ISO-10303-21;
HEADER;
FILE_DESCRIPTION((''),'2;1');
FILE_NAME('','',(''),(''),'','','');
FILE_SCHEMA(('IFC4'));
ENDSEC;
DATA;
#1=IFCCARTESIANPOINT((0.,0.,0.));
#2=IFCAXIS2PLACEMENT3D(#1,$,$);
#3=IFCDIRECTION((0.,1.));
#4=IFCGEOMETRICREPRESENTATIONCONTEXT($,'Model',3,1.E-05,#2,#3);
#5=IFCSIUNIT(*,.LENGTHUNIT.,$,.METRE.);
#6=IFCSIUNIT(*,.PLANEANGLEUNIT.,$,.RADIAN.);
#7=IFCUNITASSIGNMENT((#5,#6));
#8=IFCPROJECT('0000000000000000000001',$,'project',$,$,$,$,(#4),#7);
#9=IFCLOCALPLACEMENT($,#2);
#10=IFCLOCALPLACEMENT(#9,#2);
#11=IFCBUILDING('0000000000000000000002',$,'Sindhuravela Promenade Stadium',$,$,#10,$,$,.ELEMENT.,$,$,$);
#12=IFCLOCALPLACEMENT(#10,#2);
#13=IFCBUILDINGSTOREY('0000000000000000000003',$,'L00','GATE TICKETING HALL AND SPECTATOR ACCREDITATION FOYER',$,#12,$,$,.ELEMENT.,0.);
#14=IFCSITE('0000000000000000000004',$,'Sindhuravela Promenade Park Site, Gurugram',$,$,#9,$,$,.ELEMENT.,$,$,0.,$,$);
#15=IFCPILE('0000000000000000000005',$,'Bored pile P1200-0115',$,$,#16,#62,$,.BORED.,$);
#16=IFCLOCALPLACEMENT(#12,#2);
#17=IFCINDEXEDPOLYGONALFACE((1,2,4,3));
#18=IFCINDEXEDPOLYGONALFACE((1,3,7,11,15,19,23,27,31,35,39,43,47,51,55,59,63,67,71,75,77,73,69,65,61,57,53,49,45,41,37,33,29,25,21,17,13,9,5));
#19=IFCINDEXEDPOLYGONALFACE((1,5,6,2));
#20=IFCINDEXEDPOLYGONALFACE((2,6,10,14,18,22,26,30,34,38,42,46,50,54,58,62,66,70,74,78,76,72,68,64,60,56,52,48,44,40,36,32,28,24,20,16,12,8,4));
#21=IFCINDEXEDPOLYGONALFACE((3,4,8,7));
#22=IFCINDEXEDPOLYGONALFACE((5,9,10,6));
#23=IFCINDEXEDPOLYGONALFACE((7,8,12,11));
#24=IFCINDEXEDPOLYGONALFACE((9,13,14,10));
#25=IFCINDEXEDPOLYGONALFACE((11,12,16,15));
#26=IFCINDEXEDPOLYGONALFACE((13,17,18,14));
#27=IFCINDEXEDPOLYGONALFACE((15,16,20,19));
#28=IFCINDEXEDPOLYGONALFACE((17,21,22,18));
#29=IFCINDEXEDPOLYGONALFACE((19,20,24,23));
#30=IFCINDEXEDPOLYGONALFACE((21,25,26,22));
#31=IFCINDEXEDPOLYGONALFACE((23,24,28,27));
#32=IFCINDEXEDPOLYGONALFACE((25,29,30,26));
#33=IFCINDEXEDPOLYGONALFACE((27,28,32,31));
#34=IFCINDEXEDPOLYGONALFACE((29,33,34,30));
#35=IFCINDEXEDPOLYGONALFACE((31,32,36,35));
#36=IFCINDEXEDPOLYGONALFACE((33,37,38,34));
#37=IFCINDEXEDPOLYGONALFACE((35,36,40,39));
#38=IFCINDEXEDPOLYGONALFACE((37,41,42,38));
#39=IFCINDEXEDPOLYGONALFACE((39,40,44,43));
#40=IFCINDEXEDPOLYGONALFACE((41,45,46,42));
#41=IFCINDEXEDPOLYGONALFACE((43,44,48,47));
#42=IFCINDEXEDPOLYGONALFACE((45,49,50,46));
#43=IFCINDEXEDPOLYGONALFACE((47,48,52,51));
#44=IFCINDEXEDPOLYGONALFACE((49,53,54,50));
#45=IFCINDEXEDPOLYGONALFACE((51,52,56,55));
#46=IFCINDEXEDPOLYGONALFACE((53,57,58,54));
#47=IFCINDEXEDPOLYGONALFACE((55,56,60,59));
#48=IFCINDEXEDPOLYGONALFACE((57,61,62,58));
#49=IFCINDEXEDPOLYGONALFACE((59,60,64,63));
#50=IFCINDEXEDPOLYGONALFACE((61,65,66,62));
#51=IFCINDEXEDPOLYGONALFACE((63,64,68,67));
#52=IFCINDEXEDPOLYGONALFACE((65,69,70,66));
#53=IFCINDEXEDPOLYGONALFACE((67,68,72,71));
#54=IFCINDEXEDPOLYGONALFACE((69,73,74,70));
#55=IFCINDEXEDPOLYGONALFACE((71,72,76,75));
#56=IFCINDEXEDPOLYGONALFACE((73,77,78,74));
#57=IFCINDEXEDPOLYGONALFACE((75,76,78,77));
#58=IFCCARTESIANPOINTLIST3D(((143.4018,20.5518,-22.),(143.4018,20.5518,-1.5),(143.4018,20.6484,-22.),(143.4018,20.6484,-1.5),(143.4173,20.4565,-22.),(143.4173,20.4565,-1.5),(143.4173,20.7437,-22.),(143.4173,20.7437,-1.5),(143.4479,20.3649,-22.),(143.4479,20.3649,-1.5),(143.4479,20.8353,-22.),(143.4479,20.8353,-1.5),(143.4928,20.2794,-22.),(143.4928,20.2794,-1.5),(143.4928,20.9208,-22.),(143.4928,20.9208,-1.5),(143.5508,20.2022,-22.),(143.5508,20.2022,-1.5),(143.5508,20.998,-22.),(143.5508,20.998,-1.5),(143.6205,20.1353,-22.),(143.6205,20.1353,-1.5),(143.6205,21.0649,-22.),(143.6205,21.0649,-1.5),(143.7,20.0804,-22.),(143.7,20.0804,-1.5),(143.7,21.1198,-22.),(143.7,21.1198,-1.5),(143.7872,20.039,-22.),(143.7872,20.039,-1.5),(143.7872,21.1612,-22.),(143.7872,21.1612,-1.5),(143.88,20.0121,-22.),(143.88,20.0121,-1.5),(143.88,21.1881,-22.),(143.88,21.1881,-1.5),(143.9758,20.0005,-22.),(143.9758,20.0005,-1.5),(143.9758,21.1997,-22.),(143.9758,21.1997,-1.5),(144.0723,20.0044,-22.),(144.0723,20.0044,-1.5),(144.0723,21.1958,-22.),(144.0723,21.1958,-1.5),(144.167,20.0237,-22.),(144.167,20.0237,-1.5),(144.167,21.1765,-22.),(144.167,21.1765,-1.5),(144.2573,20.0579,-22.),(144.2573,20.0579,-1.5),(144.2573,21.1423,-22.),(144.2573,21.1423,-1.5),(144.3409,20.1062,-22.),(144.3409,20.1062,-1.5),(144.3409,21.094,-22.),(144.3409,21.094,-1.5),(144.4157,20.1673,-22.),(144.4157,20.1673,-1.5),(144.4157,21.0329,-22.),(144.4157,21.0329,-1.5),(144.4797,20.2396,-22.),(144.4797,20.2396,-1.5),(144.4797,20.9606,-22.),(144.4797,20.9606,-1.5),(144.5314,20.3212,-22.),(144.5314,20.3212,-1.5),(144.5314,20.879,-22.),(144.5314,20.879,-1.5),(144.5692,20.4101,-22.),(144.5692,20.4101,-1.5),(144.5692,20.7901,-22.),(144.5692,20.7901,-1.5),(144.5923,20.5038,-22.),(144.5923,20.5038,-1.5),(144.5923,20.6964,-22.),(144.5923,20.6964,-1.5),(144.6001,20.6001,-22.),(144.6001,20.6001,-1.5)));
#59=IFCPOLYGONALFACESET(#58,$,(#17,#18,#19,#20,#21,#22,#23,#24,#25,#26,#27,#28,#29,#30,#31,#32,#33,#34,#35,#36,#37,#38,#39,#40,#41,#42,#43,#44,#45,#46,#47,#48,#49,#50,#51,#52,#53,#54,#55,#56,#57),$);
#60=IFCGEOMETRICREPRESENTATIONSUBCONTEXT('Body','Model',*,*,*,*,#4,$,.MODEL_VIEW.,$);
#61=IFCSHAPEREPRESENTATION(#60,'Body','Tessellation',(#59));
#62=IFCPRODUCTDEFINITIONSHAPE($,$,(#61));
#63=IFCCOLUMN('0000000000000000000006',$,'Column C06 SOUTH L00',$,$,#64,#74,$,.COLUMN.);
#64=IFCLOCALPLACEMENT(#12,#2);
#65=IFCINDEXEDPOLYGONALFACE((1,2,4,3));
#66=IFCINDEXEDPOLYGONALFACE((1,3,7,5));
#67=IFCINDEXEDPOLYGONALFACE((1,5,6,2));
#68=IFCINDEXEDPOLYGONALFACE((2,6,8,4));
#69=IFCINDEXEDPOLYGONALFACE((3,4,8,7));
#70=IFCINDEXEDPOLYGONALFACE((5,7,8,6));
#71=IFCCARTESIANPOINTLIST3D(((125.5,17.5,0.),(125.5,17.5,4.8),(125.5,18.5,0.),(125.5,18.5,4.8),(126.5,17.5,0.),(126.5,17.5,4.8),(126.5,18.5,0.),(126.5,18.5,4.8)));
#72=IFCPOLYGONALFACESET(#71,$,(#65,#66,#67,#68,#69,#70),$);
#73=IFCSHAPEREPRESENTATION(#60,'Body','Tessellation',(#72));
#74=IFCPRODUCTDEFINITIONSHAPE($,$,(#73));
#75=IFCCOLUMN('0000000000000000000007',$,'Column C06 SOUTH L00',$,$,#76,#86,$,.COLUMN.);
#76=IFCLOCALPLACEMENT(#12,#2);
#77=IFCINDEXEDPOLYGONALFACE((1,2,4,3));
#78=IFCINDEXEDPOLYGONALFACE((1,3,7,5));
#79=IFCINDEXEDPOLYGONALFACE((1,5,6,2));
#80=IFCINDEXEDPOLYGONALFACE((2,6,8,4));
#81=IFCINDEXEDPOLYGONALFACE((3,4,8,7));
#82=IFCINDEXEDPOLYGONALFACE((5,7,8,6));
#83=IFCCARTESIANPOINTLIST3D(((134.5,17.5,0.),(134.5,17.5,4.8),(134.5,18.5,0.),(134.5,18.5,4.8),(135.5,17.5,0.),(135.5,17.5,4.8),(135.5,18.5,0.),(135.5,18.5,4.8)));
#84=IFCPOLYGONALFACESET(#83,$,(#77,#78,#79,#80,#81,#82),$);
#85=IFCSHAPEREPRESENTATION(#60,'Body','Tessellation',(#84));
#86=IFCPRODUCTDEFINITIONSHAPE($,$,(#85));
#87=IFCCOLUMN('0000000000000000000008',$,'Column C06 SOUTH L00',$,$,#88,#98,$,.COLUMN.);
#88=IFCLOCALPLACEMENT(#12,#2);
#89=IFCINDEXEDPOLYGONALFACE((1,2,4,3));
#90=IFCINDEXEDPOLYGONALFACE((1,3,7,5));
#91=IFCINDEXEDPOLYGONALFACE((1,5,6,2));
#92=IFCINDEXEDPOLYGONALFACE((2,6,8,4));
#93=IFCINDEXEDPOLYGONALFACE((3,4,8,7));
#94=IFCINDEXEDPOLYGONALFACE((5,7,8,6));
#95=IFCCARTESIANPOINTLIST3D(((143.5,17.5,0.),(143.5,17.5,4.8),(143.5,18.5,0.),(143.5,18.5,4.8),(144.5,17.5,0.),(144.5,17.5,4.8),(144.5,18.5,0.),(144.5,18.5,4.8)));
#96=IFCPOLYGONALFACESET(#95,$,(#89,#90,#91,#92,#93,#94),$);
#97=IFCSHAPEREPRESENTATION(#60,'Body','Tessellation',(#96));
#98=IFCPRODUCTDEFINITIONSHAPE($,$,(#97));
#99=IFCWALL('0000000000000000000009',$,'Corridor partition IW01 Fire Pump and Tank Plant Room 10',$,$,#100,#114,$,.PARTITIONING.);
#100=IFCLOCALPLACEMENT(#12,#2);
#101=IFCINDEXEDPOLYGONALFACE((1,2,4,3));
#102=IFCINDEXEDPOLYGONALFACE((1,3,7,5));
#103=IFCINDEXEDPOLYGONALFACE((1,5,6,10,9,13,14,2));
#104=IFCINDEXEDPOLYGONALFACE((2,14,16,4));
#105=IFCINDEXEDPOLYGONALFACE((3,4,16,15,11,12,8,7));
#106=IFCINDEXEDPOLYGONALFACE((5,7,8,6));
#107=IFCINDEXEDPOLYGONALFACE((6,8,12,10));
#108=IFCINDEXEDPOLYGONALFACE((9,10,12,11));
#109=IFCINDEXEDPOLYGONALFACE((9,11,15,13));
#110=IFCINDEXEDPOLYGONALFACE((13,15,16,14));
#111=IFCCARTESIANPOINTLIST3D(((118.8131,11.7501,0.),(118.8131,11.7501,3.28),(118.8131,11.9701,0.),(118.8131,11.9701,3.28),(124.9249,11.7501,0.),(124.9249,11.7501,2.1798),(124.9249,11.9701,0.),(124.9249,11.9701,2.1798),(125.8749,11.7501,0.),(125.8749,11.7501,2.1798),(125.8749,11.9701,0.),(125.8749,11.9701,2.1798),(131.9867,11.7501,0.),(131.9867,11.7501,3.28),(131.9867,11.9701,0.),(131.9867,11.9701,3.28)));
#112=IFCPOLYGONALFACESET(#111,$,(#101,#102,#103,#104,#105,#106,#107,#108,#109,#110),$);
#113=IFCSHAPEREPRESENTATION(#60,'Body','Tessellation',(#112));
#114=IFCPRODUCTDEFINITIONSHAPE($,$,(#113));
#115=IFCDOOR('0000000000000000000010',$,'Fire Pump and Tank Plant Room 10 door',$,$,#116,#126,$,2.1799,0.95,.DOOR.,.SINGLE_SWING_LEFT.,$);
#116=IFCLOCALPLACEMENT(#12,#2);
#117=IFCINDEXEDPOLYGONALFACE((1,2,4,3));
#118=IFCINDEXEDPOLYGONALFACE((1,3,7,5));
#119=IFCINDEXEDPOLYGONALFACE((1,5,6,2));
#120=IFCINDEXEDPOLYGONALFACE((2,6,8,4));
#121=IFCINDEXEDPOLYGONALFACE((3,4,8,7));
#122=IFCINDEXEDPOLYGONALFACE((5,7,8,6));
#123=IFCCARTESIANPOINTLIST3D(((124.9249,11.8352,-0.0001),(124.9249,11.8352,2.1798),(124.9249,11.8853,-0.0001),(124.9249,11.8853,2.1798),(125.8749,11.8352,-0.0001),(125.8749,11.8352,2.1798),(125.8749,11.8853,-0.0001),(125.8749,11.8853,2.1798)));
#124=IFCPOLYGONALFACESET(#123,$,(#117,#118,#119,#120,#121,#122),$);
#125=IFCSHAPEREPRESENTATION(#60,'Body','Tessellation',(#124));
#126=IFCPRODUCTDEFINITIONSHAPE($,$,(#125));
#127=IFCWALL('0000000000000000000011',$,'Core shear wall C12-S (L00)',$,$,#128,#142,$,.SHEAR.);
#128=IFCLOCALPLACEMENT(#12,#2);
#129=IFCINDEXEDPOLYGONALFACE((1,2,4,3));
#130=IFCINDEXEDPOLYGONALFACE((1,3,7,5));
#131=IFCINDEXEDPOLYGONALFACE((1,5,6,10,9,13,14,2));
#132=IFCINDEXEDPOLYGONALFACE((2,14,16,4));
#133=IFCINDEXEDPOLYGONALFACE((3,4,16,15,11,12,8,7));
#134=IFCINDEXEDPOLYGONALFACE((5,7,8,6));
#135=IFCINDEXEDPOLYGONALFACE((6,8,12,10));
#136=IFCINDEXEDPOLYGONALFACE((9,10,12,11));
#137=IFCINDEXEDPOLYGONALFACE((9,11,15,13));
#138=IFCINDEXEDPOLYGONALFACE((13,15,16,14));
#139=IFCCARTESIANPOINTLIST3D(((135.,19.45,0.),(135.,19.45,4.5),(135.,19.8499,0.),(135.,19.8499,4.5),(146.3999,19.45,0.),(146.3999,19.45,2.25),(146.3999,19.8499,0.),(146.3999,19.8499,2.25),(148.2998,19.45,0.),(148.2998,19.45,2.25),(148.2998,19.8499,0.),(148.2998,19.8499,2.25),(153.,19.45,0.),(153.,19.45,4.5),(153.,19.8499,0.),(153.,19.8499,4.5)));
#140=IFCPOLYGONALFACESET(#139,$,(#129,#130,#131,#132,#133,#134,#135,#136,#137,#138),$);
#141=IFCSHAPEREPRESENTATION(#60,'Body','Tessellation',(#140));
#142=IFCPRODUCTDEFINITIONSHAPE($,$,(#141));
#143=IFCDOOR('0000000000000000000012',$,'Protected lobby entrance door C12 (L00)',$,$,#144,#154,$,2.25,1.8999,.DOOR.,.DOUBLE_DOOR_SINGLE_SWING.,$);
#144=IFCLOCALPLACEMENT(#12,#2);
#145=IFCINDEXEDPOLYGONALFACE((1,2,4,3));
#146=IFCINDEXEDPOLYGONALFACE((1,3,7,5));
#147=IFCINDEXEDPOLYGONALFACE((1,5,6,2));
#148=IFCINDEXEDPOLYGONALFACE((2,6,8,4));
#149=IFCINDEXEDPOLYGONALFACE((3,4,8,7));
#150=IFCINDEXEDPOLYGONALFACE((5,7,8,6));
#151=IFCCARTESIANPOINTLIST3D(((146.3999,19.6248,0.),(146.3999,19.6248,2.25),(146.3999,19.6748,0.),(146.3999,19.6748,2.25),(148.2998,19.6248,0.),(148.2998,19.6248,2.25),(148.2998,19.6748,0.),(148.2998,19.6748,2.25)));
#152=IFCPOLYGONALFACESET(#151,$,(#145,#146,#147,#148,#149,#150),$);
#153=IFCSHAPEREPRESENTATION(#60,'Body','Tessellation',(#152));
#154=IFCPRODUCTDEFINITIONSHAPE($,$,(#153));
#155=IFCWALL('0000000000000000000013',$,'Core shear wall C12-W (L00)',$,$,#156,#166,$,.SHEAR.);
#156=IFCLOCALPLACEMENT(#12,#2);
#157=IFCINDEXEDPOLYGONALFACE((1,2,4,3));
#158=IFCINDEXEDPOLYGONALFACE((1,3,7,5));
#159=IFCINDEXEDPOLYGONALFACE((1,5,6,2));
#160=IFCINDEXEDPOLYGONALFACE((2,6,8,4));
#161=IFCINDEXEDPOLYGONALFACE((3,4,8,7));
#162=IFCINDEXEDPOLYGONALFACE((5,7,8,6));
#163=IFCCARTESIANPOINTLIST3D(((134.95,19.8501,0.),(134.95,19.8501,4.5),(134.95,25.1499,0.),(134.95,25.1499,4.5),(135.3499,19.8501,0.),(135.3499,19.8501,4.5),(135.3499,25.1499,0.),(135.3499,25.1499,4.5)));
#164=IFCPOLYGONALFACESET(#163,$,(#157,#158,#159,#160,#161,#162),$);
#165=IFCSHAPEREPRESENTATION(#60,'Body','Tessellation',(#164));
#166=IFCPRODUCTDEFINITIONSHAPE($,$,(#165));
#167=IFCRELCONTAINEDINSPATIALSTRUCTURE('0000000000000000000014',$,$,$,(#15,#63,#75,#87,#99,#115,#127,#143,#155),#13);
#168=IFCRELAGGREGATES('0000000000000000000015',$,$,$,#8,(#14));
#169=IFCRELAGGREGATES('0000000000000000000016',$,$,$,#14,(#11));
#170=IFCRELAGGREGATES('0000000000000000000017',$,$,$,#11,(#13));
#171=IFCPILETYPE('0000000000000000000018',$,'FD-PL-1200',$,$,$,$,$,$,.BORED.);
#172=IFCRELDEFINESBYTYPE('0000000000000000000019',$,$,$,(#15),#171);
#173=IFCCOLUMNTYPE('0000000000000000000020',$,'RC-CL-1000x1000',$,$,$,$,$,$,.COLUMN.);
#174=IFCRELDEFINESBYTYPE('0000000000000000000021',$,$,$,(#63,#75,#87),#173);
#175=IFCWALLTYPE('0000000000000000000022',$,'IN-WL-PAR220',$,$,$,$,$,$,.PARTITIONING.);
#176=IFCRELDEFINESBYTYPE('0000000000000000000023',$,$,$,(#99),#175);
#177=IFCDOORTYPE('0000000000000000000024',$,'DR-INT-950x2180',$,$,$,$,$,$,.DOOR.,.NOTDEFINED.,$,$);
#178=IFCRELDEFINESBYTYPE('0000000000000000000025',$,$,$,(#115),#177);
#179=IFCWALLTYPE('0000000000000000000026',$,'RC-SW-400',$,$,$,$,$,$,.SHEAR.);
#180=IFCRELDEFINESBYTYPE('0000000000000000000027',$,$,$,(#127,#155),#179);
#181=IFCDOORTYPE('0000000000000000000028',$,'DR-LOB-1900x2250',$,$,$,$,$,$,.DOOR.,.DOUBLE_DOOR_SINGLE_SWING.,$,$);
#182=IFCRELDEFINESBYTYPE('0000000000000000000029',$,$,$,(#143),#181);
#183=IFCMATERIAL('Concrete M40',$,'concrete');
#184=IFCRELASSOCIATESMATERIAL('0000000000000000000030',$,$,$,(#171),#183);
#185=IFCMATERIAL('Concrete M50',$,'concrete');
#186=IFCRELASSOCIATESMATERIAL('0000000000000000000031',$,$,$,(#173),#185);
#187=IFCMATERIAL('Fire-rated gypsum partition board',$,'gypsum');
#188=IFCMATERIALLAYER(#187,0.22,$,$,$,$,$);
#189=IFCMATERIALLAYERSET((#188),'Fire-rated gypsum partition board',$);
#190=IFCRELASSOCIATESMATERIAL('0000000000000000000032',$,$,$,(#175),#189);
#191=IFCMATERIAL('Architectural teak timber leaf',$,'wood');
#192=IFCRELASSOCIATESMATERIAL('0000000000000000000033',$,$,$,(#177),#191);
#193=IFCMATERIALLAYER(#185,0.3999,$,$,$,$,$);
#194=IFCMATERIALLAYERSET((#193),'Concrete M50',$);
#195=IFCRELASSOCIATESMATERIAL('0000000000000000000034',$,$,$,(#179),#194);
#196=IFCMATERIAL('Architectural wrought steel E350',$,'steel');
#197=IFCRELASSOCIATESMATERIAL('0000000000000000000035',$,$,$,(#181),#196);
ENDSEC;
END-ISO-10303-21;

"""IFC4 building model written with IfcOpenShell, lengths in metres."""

from ifc_helpers import new_model, si_unit, direction, frame, frame_2d, origin, origin_2d, place, context, subcontext, project, spatial, rectangle, circle, extrude, material, layer, layer_set, material_profile, profile_set, type_object, element, fill, save


model = new_model("IFC4")

# Units and contexts
model_context = context("Model", 3, precision=1e-05, world=origin(), true_north=direction((0.0, 1.0)))
body_context = subcontext(model_context, "Body", "Model", "MODEL_VIEW")
ifc_project = project(units=[si_unit("LENGTHUNIT", "METRE"), si_unit("PLANEANGLEUNIT", "RADIAN")], contexts=[model_context])

# Site, building, storey
site_placement = place(None, origin())
site = spatial("IfcSite", under=ifc_project, at=site_placement, Name="Sindhuravela Promenade Park Site, Gurugram", CompositionType="ELEMENT", RefElevation=0.0)
building_placement = place(site_placement, origin())
building = spatial("IfcBuilding", under=site, at=building_placement, Name="Sindhuravela Promenade Stadium", CompositionType="ELEMENT")
storey_placement = place(building_placement, origin())
storey = spatial("IfcBuildingStorey", under=building, at=storey_placement, Name="L00", Description="GATE TICKETING HALL AND SPECTATOR ACCREDITATION FOYER", CompositionType="ELEMENT", Elevation=0.0)

# Shared definitions
ifc_material_1 = material(Name="Concrete M50", Category="concrete")

# Pile
ifc_material_2 = material(Name="Concrete M40", Category="concrete")
ifc_material_profile_1 = material_profile(ifc_material_2, circle(Radius=0.6001, at=origin_2d()), Name="BORED PILE D1200")
ifc_profile_set_1 = profile_set([ifc_material_profile_1], Name="Concrete M40")
pile_type_1 = type_object("IfcPileType", Name="FD-PL-1200", PredefinedType="BORED", material=ifc_profile_set_1)
for number, where, z_axis, x_axis, name in (
    (1, (144.0, 20.6001, -1.5), (0.0, 0.0, -1.0), (1.0, 0.0, 0.0), "Bored pile P1200-0115"),
):
    element("IfcPile", number, at=place(storey_placement, frame(where, z_axis=z_axis, x_axis=x_axis)), inside=storey, type_object=pile_type_1, Name=name, PredefinedType="BORED", context=body_context, shape_type="SweptSolid", body=[
        extrude(circle(Radius=0.6001, at=origin_2d()), origin(), (0.0, 0.0, 1.0), 20.5),
    ])

# Columns
ifc_material_profile_2 = material_profile(ifc_material_1, rectangle(XDim=1.0, YDim=1.0, at=origin_2d()), Name="RC 1000x1000")
ifc_profile_set_2 = profile_set([ifc_material_profile_2], Name="Concrete M50")
column_type = type_object("IfcColumnType", Name="RC-CL-1000x1000", PredefinedType="COLUMN", material=ifc_profile_set_2)
for number, where, z_axis, x_axis, name in (
    (2, (126.0, 18.0, 0.0), (0.0, 0.0, 1.0), (1.0, 0.0, 0.0), "Column C06 SOUTH L00"),
    (3, (135.0, 18.0, 0.0), (0.0, 0.0, 1.0), (1.0, 0.0, 0.0), "Column C06 SOUTH L00"),
    (4, (144.0, 18.0, 0.0), (0.0, 0.0, 1.0), (1.0, 0.0, 0.0), "Column C06 SOUTH L00"),
):
    element("IfcColumn", number, at=place(storey_placement, frame(where, z_axis=z_axis, x_axis=x_axis)), inside=storey, type_object=column_type, Name=name, PredefinedType="COLUMN", context=body_context, shape_type="SweptSolid", body=[
        extrude(rectangle(XDim=1.0, YDim=1.0, at=origin_2d()), origin(), (0.0, 0.0, 1.0), 4.8),
    ])

# Walls, openings, doors
ifc_material_3 = material(Name="Fire-rated gypsum partition board", Category="gypsum")
ifc_layer_1 = layer(ifc_material_3, 0.22)
ifc_layer_set_1 = layer_set([ifc_layer_1], Name="Fire-rated gypsum partition board")
wall_type_1 = type_object("IfcWallType", Name="IN-WL-PAR220", PredefinedType="PARTITIONING", material=ifc_layer_set_1)
wall_1_placement = place(storey_placement, frame((131.9868, 11.8601, 0.0), z_axis=(0.0, 0.0, 1.0), x_axis=(-1.0, 0.0, 0.0)))
wall_1 = element("IfcWall", 5, at=wall_1_placement, inside=storey, type_object=wall_type_1, Name="Corridor partition IW01 Fire Pump and Tank Plant Room 10", PredefinedType="PARTITIONING", context=body_context, shape_type="SweptSolid", body=[
    extrude(rectangle(XDim=13.1736, YDim=0.22, at=frame_2d((6.5869, 0.0))), origin(), (0.0, 0.0, 1.0), 3.28),
])
opening_1_placement = place(wall_1_placement, frame((6.1118, 0.0, 0.0)))
opening_1 = element("IfcOpeningElement", 6, at=opening_1_placement, cuts=wall_1, PredefinedType="OPENING", context=body_context, shape_type="SweptSolid", body=[
    extrude(rectangle(XDim=0.95, YDim=2.1799, at=frame_2d((0.4751, 1.0898))), frame((0.0, 0.1199, 0.0), z_axis=(0.0, -1.0, 0.0), x_axis=(1.0, 0.0, 0.0)), (0.0, 0.0, 1.0), 0.24),
])
ifc_material_4 = material(Name="Architectural teak timber leaf", Category="wood")
door_type_1 = type_object("IfcDoorType", Name="DR-INT-950x2180", OperationType="NOTDEFINED", PredefinedType="DOOR", material=ifc_material_4)
door_1_placement = place(opening_1_placement, origin())
door_1 = element("IfcDoor", 7, at=door_1_placement, inside=storey, type_object=door_type_1, Name="Fire Pump and Tank Plant Room 10 door", OperationType="SINGLE_SWING_LEFT", OverallHeight=2.1799, OverallWidth=0.95, PredefinedType="DOOR", context=body_context, shape_type="SweptSolid", body=[
    extrude(rectangle(XDim=0.95, YDim=2.1799, at=frame_2d((0.4751, 1.0898))), frame((0.0, 0.0249, 0.0), z_axis=(0.0, -1.0, 0.0), x_axis=(1.0, 0.0, 0.0)), (0.0, 0.0, 1.0), 0.05),
])
fill(opening_1, door_1)
ifc_layer_2 = layer(ifc_material_1, 0.3999)
ifc_layer_set_2 = layer_set([ifc_layer_2], Name="Concrete M50")
wall_type_2 = type_object("IfcWallType", Name="RC-SW-400", PredefinedType="SHEAR", material=ifc_layer_set_2)
wall_2_placement = place(storey_placement, frame((135.0, 19.6499, 0.0), z_axis=(0.0, 0.0, 1.0), x_axis=(1.0, 0.0, 0.0)))
wall_2 = element("IfcWall", 8, at=wall_2_placement, inside=storey, type_object=wall_type_2, Name="Core shear wall C12-S (L00)", PredefinedType="SHEAR", context=body_context, shape_type="SweptSolid", body=[
    extrude(rectangle(XDim=18.0, YDim=0.3999, at=frame_2d((9.0, 0.0))), origin(), (0.0, 0.0, 1.0), 4.5),
])
opening_2_placement = place(wall_2_placement, frame((11.3999, 0.0, 0.0)))
opening_2 = element("IfcOpeningElement", 9, at=opening_2_placement, cuts=wall_2, PredefinedType="OPENING", context=body_context, shape_type="SweptSolid", body=[
    extrude(rectangle(XDim=1.8999, YDim=2.25, at=frame_2d((0.95, 1.125))), frame((0.0, 0.21, 0.0), z_axis=(0.0, -1.0, 0.0), x_axis=(1.0, 0.0, 0.0)), (0.0, 0.0, 1.0), 0.4199),
])
ifc_material_5 = material(Name="Architectural wrought steel E350", Category="steel")
door_type_2 = type_object("IfcDoorType", Name="DR-LOB-1900x2250", OperationType="DOUBLE_DOOR_SINGLE_SWING", PredefinedType="DOOR", material=ifc_material_5)
door_2_placement = place(opening_2_placement, origin())
door_2 = element("IfcDoor", 10, at=door_2_placement, inside=storey, type_object=door_type_2, Name="Protected lobby entrance door C12 (L00)", OperationType="DOUBLE_DOOR_SINGLE_SWING", OverallHeight=2.25, OverallWidth=1.8999, PredefinedType="DOOR", context=body_context, shape_type="SweptSolid", body=[
    extrude(rectangle(XDim=1.8999, YDim=2.25, at=frame_2d((0.95, 1.125))), frame((0.0, 0.0249, 0.0), z_axis=(0.0, -1.0, 0.0), x_axis=(1.0, 0.0, 0.0)), (0.0, 0.0, 1.0), 0.05),
])
fill(opening_2, door_2)

# Wall
wall_3_placement = place(storey_placement, frame((135.1499, 25.1499, 0.0), z_axis=(0.0, 0.0, 1.0), x_axis=(0.0, -1.0, 0.0)))
element("IfcWall", 11, at=wall_3_placement, inside=storey, type_object=wall_type_2, Name="Core shear wall C12-W (L00)", PredefinedType="SHEAR", context=body_context, shape_type="SweptSolid", body=[
    extrude(rectangle(XDim=5.2998, YDim=0.3999, at=frame_2d((2.6499, 0.0))), origin(), (0.0, 0.0, 1.0), 4.5),
])

save(model, "model.ifc")
